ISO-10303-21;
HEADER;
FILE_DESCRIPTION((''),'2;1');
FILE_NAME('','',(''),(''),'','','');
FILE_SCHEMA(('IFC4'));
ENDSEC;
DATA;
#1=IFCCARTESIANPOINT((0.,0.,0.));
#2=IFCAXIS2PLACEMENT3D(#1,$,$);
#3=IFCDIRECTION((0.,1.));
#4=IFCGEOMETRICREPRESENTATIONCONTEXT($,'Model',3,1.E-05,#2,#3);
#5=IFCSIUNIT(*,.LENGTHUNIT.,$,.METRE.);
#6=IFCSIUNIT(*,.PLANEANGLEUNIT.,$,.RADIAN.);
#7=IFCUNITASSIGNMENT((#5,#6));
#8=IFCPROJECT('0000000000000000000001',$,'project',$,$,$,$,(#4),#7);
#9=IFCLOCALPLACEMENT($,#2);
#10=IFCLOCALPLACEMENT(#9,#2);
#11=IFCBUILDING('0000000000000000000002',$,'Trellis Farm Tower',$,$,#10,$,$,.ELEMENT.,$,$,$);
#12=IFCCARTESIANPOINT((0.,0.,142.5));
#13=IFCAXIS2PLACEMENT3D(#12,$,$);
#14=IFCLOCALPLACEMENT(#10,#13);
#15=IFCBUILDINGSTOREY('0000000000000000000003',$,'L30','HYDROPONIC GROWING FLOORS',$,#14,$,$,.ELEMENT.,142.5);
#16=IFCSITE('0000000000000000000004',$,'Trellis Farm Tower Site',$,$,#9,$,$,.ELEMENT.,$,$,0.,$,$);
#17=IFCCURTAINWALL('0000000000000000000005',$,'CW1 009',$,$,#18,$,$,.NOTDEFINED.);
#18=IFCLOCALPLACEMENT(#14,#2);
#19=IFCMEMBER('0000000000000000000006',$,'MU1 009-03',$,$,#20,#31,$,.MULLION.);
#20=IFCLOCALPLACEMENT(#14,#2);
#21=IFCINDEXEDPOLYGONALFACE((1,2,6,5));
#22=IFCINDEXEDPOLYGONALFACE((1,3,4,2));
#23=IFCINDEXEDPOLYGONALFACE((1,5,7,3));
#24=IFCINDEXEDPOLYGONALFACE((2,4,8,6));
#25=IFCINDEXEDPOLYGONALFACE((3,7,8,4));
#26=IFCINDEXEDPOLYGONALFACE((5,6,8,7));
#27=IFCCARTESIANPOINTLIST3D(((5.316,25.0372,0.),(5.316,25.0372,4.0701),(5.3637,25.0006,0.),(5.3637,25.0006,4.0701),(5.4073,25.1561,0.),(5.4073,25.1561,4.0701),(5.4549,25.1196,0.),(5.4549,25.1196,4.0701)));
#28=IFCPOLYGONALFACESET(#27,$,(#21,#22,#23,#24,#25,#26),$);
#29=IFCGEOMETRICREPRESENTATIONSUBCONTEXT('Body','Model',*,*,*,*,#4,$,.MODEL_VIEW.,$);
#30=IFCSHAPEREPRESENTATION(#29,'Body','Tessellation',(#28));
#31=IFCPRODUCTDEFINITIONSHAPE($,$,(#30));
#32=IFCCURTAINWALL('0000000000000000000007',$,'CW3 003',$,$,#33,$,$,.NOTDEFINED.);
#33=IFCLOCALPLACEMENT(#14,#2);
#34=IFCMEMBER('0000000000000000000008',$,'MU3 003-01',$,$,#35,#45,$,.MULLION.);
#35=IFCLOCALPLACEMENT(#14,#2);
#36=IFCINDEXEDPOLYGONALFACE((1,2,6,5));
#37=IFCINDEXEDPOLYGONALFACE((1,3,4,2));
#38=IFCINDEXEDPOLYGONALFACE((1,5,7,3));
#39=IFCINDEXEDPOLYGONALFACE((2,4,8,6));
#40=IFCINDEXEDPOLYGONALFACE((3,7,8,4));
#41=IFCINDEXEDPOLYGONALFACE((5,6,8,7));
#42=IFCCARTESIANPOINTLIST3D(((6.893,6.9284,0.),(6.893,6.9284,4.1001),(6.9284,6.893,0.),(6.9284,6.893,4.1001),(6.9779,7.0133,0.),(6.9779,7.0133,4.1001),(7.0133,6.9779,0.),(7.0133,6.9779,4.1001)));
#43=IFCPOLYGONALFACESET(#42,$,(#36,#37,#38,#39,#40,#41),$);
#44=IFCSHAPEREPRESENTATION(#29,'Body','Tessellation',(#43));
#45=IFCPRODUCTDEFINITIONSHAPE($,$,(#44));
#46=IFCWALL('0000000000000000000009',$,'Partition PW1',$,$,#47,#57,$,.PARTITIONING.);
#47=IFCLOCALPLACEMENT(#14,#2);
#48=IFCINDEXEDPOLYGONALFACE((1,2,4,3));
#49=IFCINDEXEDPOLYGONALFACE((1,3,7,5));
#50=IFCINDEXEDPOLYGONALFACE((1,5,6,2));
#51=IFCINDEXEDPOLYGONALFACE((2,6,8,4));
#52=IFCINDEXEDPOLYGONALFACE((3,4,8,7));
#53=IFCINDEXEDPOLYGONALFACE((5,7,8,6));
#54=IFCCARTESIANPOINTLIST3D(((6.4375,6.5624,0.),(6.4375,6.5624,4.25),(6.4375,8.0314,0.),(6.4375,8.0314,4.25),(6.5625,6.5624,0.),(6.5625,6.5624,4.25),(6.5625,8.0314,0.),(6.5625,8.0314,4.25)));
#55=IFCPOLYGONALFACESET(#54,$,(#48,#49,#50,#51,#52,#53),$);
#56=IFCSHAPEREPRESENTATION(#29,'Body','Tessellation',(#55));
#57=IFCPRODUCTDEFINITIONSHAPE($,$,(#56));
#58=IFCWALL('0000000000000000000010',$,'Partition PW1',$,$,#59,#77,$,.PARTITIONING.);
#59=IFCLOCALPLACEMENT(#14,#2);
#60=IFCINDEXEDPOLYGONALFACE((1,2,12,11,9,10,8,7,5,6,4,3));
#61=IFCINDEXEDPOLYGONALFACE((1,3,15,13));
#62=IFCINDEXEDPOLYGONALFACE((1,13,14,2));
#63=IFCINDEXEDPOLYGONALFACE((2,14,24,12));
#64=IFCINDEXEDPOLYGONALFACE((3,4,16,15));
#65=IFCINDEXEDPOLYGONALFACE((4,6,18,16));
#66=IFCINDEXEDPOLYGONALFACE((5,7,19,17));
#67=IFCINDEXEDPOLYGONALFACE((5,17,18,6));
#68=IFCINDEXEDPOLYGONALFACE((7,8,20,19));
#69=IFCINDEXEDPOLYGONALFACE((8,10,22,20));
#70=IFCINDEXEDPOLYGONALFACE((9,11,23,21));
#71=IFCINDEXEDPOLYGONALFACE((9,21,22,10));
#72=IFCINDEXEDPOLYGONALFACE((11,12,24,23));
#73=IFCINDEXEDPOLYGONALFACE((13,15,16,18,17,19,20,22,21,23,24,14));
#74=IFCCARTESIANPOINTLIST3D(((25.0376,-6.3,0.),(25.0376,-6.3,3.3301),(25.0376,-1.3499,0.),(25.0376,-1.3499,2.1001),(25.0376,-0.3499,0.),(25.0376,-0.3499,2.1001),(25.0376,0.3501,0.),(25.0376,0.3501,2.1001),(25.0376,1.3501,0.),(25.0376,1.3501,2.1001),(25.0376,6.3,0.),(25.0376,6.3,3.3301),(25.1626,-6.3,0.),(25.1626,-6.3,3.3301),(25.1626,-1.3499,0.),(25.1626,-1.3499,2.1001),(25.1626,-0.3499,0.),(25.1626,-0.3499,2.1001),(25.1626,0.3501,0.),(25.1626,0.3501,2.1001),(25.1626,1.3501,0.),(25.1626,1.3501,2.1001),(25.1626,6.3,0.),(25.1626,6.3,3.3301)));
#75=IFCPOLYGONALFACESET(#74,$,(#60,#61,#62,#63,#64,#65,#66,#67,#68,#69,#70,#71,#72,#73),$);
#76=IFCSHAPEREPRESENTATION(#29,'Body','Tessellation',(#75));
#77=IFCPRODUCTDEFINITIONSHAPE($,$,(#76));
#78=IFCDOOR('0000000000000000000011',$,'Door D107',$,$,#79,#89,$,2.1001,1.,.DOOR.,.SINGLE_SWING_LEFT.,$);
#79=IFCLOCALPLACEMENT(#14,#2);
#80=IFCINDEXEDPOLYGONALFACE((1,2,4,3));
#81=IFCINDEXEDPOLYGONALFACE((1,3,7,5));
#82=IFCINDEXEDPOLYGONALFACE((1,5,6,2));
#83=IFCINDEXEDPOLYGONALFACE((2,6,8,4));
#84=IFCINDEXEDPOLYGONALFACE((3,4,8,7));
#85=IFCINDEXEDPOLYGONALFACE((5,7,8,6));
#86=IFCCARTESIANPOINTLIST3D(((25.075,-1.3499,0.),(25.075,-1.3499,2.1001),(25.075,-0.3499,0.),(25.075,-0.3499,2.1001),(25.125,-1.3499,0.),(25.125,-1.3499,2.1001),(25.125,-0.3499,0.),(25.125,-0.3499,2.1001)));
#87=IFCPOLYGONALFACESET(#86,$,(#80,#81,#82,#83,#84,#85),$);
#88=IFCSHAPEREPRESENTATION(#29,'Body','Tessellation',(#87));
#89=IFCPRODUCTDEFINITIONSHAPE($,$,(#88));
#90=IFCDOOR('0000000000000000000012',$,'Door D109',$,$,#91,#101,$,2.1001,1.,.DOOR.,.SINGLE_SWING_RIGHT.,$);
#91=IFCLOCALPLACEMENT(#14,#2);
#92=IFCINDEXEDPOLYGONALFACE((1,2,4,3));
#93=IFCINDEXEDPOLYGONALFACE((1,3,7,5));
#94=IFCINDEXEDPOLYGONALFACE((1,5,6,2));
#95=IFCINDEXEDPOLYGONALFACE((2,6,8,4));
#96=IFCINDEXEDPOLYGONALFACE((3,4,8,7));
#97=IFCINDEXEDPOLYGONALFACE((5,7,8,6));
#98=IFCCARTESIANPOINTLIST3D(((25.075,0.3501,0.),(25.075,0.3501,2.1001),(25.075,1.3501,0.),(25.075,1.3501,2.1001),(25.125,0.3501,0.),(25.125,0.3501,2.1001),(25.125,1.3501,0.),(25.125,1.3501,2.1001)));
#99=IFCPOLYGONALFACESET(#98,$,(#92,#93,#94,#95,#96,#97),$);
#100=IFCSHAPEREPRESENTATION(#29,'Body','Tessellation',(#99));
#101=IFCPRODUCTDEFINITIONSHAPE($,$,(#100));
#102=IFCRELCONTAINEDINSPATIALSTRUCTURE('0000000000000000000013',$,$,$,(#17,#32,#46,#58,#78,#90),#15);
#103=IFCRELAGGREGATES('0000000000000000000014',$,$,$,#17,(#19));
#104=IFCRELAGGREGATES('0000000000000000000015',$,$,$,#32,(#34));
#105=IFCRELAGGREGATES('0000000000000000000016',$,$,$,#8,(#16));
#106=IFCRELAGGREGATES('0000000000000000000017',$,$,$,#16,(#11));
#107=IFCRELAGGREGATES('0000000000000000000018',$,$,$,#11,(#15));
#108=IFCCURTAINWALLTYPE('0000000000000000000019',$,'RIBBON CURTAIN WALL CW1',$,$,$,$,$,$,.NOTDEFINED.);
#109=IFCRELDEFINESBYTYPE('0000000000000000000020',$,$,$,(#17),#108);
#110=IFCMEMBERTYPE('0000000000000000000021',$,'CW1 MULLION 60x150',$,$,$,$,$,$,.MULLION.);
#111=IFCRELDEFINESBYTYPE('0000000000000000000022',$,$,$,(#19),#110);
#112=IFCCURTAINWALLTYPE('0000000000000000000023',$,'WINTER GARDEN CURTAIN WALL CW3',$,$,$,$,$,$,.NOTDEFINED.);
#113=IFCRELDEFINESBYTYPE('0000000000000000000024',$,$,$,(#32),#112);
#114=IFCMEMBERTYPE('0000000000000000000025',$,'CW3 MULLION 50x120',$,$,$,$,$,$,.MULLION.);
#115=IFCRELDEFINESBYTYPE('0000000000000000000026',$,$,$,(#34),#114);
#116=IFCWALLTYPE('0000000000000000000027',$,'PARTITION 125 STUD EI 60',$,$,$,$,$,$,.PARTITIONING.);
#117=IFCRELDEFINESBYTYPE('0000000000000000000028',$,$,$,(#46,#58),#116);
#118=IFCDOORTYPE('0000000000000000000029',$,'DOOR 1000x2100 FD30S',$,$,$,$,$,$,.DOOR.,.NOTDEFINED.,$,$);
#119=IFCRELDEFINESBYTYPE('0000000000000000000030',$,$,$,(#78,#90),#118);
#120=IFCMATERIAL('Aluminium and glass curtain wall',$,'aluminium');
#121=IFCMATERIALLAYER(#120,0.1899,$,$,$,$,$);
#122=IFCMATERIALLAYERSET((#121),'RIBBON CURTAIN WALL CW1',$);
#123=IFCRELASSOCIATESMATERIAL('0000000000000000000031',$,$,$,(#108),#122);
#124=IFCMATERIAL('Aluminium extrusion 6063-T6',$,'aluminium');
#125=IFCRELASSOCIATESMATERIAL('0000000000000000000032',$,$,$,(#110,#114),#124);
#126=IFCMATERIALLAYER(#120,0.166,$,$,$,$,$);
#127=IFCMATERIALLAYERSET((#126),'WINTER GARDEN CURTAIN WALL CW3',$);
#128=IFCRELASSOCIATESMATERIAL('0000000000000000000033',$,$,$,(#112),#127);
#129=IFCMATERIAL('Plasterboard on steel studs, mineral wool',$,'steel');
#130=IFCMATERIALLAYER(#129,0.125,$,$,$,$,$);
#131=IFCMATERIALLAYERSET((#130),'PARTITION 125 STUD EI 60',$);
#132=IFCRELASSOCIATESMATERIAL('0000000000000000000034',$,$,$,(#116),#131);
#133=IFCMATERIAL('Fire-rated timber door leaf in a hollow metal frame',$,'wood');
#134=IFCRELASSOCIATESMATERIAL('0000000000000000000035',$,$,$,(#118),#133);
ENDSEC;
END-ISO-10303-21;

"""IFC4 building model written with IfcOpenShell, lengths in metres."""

from ifc_helpers import new_model, si_unit, direction, frame, frame_2d, origin, origin_2d, place, context, subcontext, project, spatial, rectangle, extrude, source, transform, mapped, material, layer, layer_set, material_profile, profile_set, type_object, element, fill, aggregate, save


model = new_model("IFC4")

# Units and contexts
model_context = context("Model", 3, precision=1e-05, world=origin(), true_north=direction((0.0, 1.0)))
body_context = subcontext(model_context, "Body", "Model", "MODEL_VIEW")
ifc_project = project(units=[si_unit("LENGTHUNIT", "METRE"), si_unit("PLANEANGLEUNIT", "RADIAN")], contexts=[model_context])

# Site, building, storey
site_placement = place(None, origin())
site = spatial("IfcSite", under=ifc_project, at=site_placement, Name="Trellis Farm Tower Site", CompositionType="ELEMENT", RefElevation=0.0)
building_placement = place(site_placement, origin())
building = spatial("IfcBuilding", under=site, at=building_placement, Name="Trellis Farm Tower", CompositionType="ELEMENT")
storey_placement = place(building_placement, frame((0.0, 0.0, 142.5)))
storey = spatial("IfcBuildingStorey", under=building, at=storey_placement, Name="L30", Description="HYDROPONIC GROWING FLOORS", CompositionType="ELEMENT", Elevation=142.5)

# Shared definitions
ifc_material_1 = material(Name="Aluminium and glass curtain wall", Category="aluminium")
ifc_layer_1 = layer(ifc_material_1, 0.1899)
ifc_layer_set_1 = layer_set([ifc_layer_1], Name="RIBBON CURTAIN WALL CW1")
curtain_wall_type_1 = type_object("IfcCurtainWallType", Name="RIBBON CURTAIN WALL CW1", PredefinedType="NOTDEFINED", material=ifc_layer_set_1)
placement = place(storey_placement, origin())
ifc_material_2 = material(Name="Aluminium extrusion 6063-T6", Category="aluminium")
ifc_material_profile_1 = material_profile(ifc_material_2, rectangle(XDim=0.0601, YDim=0.1499, at=origin_2d()), Name="MULLION 60x150")
ifc_profile_set_1 = profile_set([ifc_material_profile_1], Name="Aluminium extrusion 6063-T6")
member_type_1 = type_object("IfcMemberType", Name="CW1 MULLION 60x150", PredefinedType="MULLION", material=ifc_profile_set_1)
shared_shape_1 = source(origin(), body_context, "Body", "SweptSolid", [
    extrude(rectangle(XDim=0.0601, YDim=0.1499, at=origin_2d()), origin(), (0.0, 0.0, 1.0), 4.0701),
])

# Curtain wall, member
curtain_wall_1 = element("IfcCurtainWall", 1, at=placement, inside=storey, type_object=curtain_wall_type_1, Name="CW1 009", PredefinedType="NOTDEFINED")
member_1_placement = place(storey_placement, frame((5.3855, 25.0784, 0.0), z_axis=(0.0, 0.0, 1.0), x_axis=(-0.793353, 0.608761, 0.0)))
member_1 = element("IfcMember", 2, at=member_1_placement, type_object=member_type_1, Name="MU1 009-03", PredefinedType="MULLION", context=body_context, shape_type="MappedRepresentation", body=[
    mapped(shared_shape_1, transform((0.0, 0.0, 0.0))),
])
aggregate(curtain_wall_1, [member_1])

# Curtain wall, member
ifc_layer_2 = layer(ifc_material_1, 0.166)
ifc_layer_set_2 = layer_set([ifc_layer_2], Name="WINTER GARDEN CURTAIN WALL CW3")
curtain_wall_type_2 = type_object("IfcCurtainWallType", Name="WINTER GARDEN CURTAIN WALL CW3", PredefinedType="NOTDEFINED", material=ifc_layer_set_2)
curtain_wall_2 = element("IfcCurtainWall", 3, at=placement, inside=storey, type_object=curtain_wall_type_2, Name="CW3 003", PredefinedType="NOTDEFINED")
ifc_material_profile_2 = material_profile(ifc_material_2, rectangle(XDim=0.05, YDim=0.1201, at=origin_2d()), Name="MULLION 50x120")
ifc_profile_set_2 = profile_set([ifc_material_profile_2], Name="Aluminium extrusion 6063-T6")
member_type_2 = type_object("IfcMemberType", Name="CW3 MULLION 50x120", PredefinedType="MULLION", material=ifc_profile_set_2)
shared_shape_2 = source(origin(), body_context, "Body", "SweptSolid", [
    extrude(rectangle(XDim=0.05, YDim=0.1201, at=origin_2d()), origin(), (0.0, 0.0, 1.0), 4.1001),
])
member_2_placement = place(storey_placement, frame((6.9531, 6.9531, 0.0), z_axis=(0.0, 0.0, 1.0), x_axis=(-0.707107, 0.707107, 0.0)))
member_2 = element("IfcMember", 4, at=member_2_placement, type_object=member_type_2, Name="MU3 003-01", PredefinedType="MULLION", context=body_context, shape_type="MappedRepresentation", body=[
    mapped(shared_shape_2, transform((0.0, 0.0, 0.0))),
])
aggregate(curtain_wall_2, [member_2])

# Wall
ifc_material_3 = material(Name="Plasterboard on steel studs, mineral wool", Category="steel")
ifc_layer_3 = layer(ifc_material_3, 0.125)
ifc_layer_set_3 = layer_set([ifc_layer_3], Name="PARTITION 125 STUD EI 60")
wall_type = type_object("IfcWallType", Name="PARTITION 125 STUD EI 60", PredefinedType="PARTITIONING", material=ifc_layer_set_3)
shared_shape_3 = source(origin(), body_context, "Body", "SweptSolid", [
    extrude(rectangle(XDim=1.469, YDim=0.125, at=frame_2d((0.7344, 0.0))), origin(), (0.0, 0.0, 1.0), 4.25),
])
wall_1_placement = place(storey_placement, frame((6.5, 6.5625, 0.0), z_axis=(0.0, 0.0, 1.0), x_axis=(0.0, 1.0, 0.0)))
element("IfcWall", 5, at=wall_1_placement, inside=storey, type_object=wall_type, Name="Partition PW1", PredefinedType="PARTITIONING", context=body_context, shape_type="MappedRepresentation", body=[
    mapped(shared_shape_3, transform((0.0, 0.0, 0.0))),
])

# Wall, openings, doors
shared_shape_4 = source(origin(), body_context, "Body", "SweptSolid", [
    extrude(rectangle(XDim=12.6001, YDim=0.125, at=frame_2d((6.3, 0.0))), origin(), (0.0, 0.0, 1.0), 3.3301),
])
wall_2_placement = place(storey_placement, frame((25.1001, 6.3, 0.0), z_axis=(0.0, 0.0, 1.0), x_axis=(0.0, -1.0, 0.0)))
wall_2 = element("IfcWall", 6, at=wall_2_placement, inside=storey, type_object=wall_type, Name="Partition PW1", PredefinedType="PARTITIONING", context=body_context, shape_type="MappedRepresentation", body=[
    mapped(shared_shape_4, transform((0.0, 0.0, 0.0))),
])
shared_shape_5 = source(origin(), body_context, "Body", "SweptSolid", [
    extrude(rectangle(XDim=1.0, YDim=2.1001, at=frame_2d((0.5, 1.05))), frame((0.0, 0.0725, 0.0), z_axis=(0.0, -1.0, 0.0), x_axis=(1.0, 0.0, 0.0)), (0.0, 0.0, 1.0), 0.145),
])
opening_1_placement = place(wall_2_placement, frame((6.6499, 0.0, 0.0)))
opening_1 = element("IfcOpeningElement", 7, at=opening_1_placement, cuts=wall_2, PredefinedType="OPENING", context=body_context, shape_type="MappedRepresentation", body=[
    mapped(shared_shape_5, transform((0.0, 0.0, 0.0))),
])
opening_2_placement = place(wall_2_placement, frame((4.95, 0.0, 0.0)))
opening_2 = element("IfcOpeningElement", 8, at=opening_2_placement, cuts=wall_2, PredefinedType="OPENING", context=body_context, shape_type="MappedRepresentation", body=[
    mapped(shared_shape_5, transform((0.0, 0.0, 0.0))),
])
ifc_material_4 = material(Name="Fire-rated timber door leaf in a hollow metal frame", Category="wood")
door_type = type_object("IfcDoorType", Name="DOOR 1000x2100 FD30S", OperationType="NOTDEFINED", PredefinedType="DOOR", material=ifc_material_4)
shared_shape_6 = source(origin(), body_context, "Body", "SweptSolid", [
    extrude(rectangle(XDim=1.0, YDim=2.1001, at=frame_2d((0.5, 1.05))), frame((0.0, 0.0249, 0.0), z_axis=(0.0, -1.0, 0.0), x_axis=(1.0, 0.0, 0.0)), (0.0, 0.0, 1.0), 0.05),
])
door_1_placement = place(opening_1_placement, origin())
door_1 = element("IfcDoor", 9, at=door_1_placement, inside=storey, type_object=door_type, Name="Door D107", OperationType="SINGLE_SWING_LEFT", OverallHeight=2.1001, OverallWidth=1.0, PredefinedType="DOOR", context=body_context, shape_type="MappedRepresentation", body=[
    mapped(shared_shape_6, transform((0.0, 0.0, 0.0))),
])
fill(opening_1, door_1)
door_2_placement = place(opening_2_placement, origin())
door_2 = element("IfcDoor", 10, at=door_2_placement, inside=storey, type_object=door_type, Name="Door D109", OperationType="SINGLE_SWING_RIGHT", OverallHeight=2.1001, OverallWidth=1.0, PredefinedType="DOOR", context=body_context, shape_type="MappedRepresentation", body=[
    mapped(shared_shape_6, transform((0.0, 0.0, 0.0))),
])
fill(opening_2, door_2)

save(model, "model.ifc")
